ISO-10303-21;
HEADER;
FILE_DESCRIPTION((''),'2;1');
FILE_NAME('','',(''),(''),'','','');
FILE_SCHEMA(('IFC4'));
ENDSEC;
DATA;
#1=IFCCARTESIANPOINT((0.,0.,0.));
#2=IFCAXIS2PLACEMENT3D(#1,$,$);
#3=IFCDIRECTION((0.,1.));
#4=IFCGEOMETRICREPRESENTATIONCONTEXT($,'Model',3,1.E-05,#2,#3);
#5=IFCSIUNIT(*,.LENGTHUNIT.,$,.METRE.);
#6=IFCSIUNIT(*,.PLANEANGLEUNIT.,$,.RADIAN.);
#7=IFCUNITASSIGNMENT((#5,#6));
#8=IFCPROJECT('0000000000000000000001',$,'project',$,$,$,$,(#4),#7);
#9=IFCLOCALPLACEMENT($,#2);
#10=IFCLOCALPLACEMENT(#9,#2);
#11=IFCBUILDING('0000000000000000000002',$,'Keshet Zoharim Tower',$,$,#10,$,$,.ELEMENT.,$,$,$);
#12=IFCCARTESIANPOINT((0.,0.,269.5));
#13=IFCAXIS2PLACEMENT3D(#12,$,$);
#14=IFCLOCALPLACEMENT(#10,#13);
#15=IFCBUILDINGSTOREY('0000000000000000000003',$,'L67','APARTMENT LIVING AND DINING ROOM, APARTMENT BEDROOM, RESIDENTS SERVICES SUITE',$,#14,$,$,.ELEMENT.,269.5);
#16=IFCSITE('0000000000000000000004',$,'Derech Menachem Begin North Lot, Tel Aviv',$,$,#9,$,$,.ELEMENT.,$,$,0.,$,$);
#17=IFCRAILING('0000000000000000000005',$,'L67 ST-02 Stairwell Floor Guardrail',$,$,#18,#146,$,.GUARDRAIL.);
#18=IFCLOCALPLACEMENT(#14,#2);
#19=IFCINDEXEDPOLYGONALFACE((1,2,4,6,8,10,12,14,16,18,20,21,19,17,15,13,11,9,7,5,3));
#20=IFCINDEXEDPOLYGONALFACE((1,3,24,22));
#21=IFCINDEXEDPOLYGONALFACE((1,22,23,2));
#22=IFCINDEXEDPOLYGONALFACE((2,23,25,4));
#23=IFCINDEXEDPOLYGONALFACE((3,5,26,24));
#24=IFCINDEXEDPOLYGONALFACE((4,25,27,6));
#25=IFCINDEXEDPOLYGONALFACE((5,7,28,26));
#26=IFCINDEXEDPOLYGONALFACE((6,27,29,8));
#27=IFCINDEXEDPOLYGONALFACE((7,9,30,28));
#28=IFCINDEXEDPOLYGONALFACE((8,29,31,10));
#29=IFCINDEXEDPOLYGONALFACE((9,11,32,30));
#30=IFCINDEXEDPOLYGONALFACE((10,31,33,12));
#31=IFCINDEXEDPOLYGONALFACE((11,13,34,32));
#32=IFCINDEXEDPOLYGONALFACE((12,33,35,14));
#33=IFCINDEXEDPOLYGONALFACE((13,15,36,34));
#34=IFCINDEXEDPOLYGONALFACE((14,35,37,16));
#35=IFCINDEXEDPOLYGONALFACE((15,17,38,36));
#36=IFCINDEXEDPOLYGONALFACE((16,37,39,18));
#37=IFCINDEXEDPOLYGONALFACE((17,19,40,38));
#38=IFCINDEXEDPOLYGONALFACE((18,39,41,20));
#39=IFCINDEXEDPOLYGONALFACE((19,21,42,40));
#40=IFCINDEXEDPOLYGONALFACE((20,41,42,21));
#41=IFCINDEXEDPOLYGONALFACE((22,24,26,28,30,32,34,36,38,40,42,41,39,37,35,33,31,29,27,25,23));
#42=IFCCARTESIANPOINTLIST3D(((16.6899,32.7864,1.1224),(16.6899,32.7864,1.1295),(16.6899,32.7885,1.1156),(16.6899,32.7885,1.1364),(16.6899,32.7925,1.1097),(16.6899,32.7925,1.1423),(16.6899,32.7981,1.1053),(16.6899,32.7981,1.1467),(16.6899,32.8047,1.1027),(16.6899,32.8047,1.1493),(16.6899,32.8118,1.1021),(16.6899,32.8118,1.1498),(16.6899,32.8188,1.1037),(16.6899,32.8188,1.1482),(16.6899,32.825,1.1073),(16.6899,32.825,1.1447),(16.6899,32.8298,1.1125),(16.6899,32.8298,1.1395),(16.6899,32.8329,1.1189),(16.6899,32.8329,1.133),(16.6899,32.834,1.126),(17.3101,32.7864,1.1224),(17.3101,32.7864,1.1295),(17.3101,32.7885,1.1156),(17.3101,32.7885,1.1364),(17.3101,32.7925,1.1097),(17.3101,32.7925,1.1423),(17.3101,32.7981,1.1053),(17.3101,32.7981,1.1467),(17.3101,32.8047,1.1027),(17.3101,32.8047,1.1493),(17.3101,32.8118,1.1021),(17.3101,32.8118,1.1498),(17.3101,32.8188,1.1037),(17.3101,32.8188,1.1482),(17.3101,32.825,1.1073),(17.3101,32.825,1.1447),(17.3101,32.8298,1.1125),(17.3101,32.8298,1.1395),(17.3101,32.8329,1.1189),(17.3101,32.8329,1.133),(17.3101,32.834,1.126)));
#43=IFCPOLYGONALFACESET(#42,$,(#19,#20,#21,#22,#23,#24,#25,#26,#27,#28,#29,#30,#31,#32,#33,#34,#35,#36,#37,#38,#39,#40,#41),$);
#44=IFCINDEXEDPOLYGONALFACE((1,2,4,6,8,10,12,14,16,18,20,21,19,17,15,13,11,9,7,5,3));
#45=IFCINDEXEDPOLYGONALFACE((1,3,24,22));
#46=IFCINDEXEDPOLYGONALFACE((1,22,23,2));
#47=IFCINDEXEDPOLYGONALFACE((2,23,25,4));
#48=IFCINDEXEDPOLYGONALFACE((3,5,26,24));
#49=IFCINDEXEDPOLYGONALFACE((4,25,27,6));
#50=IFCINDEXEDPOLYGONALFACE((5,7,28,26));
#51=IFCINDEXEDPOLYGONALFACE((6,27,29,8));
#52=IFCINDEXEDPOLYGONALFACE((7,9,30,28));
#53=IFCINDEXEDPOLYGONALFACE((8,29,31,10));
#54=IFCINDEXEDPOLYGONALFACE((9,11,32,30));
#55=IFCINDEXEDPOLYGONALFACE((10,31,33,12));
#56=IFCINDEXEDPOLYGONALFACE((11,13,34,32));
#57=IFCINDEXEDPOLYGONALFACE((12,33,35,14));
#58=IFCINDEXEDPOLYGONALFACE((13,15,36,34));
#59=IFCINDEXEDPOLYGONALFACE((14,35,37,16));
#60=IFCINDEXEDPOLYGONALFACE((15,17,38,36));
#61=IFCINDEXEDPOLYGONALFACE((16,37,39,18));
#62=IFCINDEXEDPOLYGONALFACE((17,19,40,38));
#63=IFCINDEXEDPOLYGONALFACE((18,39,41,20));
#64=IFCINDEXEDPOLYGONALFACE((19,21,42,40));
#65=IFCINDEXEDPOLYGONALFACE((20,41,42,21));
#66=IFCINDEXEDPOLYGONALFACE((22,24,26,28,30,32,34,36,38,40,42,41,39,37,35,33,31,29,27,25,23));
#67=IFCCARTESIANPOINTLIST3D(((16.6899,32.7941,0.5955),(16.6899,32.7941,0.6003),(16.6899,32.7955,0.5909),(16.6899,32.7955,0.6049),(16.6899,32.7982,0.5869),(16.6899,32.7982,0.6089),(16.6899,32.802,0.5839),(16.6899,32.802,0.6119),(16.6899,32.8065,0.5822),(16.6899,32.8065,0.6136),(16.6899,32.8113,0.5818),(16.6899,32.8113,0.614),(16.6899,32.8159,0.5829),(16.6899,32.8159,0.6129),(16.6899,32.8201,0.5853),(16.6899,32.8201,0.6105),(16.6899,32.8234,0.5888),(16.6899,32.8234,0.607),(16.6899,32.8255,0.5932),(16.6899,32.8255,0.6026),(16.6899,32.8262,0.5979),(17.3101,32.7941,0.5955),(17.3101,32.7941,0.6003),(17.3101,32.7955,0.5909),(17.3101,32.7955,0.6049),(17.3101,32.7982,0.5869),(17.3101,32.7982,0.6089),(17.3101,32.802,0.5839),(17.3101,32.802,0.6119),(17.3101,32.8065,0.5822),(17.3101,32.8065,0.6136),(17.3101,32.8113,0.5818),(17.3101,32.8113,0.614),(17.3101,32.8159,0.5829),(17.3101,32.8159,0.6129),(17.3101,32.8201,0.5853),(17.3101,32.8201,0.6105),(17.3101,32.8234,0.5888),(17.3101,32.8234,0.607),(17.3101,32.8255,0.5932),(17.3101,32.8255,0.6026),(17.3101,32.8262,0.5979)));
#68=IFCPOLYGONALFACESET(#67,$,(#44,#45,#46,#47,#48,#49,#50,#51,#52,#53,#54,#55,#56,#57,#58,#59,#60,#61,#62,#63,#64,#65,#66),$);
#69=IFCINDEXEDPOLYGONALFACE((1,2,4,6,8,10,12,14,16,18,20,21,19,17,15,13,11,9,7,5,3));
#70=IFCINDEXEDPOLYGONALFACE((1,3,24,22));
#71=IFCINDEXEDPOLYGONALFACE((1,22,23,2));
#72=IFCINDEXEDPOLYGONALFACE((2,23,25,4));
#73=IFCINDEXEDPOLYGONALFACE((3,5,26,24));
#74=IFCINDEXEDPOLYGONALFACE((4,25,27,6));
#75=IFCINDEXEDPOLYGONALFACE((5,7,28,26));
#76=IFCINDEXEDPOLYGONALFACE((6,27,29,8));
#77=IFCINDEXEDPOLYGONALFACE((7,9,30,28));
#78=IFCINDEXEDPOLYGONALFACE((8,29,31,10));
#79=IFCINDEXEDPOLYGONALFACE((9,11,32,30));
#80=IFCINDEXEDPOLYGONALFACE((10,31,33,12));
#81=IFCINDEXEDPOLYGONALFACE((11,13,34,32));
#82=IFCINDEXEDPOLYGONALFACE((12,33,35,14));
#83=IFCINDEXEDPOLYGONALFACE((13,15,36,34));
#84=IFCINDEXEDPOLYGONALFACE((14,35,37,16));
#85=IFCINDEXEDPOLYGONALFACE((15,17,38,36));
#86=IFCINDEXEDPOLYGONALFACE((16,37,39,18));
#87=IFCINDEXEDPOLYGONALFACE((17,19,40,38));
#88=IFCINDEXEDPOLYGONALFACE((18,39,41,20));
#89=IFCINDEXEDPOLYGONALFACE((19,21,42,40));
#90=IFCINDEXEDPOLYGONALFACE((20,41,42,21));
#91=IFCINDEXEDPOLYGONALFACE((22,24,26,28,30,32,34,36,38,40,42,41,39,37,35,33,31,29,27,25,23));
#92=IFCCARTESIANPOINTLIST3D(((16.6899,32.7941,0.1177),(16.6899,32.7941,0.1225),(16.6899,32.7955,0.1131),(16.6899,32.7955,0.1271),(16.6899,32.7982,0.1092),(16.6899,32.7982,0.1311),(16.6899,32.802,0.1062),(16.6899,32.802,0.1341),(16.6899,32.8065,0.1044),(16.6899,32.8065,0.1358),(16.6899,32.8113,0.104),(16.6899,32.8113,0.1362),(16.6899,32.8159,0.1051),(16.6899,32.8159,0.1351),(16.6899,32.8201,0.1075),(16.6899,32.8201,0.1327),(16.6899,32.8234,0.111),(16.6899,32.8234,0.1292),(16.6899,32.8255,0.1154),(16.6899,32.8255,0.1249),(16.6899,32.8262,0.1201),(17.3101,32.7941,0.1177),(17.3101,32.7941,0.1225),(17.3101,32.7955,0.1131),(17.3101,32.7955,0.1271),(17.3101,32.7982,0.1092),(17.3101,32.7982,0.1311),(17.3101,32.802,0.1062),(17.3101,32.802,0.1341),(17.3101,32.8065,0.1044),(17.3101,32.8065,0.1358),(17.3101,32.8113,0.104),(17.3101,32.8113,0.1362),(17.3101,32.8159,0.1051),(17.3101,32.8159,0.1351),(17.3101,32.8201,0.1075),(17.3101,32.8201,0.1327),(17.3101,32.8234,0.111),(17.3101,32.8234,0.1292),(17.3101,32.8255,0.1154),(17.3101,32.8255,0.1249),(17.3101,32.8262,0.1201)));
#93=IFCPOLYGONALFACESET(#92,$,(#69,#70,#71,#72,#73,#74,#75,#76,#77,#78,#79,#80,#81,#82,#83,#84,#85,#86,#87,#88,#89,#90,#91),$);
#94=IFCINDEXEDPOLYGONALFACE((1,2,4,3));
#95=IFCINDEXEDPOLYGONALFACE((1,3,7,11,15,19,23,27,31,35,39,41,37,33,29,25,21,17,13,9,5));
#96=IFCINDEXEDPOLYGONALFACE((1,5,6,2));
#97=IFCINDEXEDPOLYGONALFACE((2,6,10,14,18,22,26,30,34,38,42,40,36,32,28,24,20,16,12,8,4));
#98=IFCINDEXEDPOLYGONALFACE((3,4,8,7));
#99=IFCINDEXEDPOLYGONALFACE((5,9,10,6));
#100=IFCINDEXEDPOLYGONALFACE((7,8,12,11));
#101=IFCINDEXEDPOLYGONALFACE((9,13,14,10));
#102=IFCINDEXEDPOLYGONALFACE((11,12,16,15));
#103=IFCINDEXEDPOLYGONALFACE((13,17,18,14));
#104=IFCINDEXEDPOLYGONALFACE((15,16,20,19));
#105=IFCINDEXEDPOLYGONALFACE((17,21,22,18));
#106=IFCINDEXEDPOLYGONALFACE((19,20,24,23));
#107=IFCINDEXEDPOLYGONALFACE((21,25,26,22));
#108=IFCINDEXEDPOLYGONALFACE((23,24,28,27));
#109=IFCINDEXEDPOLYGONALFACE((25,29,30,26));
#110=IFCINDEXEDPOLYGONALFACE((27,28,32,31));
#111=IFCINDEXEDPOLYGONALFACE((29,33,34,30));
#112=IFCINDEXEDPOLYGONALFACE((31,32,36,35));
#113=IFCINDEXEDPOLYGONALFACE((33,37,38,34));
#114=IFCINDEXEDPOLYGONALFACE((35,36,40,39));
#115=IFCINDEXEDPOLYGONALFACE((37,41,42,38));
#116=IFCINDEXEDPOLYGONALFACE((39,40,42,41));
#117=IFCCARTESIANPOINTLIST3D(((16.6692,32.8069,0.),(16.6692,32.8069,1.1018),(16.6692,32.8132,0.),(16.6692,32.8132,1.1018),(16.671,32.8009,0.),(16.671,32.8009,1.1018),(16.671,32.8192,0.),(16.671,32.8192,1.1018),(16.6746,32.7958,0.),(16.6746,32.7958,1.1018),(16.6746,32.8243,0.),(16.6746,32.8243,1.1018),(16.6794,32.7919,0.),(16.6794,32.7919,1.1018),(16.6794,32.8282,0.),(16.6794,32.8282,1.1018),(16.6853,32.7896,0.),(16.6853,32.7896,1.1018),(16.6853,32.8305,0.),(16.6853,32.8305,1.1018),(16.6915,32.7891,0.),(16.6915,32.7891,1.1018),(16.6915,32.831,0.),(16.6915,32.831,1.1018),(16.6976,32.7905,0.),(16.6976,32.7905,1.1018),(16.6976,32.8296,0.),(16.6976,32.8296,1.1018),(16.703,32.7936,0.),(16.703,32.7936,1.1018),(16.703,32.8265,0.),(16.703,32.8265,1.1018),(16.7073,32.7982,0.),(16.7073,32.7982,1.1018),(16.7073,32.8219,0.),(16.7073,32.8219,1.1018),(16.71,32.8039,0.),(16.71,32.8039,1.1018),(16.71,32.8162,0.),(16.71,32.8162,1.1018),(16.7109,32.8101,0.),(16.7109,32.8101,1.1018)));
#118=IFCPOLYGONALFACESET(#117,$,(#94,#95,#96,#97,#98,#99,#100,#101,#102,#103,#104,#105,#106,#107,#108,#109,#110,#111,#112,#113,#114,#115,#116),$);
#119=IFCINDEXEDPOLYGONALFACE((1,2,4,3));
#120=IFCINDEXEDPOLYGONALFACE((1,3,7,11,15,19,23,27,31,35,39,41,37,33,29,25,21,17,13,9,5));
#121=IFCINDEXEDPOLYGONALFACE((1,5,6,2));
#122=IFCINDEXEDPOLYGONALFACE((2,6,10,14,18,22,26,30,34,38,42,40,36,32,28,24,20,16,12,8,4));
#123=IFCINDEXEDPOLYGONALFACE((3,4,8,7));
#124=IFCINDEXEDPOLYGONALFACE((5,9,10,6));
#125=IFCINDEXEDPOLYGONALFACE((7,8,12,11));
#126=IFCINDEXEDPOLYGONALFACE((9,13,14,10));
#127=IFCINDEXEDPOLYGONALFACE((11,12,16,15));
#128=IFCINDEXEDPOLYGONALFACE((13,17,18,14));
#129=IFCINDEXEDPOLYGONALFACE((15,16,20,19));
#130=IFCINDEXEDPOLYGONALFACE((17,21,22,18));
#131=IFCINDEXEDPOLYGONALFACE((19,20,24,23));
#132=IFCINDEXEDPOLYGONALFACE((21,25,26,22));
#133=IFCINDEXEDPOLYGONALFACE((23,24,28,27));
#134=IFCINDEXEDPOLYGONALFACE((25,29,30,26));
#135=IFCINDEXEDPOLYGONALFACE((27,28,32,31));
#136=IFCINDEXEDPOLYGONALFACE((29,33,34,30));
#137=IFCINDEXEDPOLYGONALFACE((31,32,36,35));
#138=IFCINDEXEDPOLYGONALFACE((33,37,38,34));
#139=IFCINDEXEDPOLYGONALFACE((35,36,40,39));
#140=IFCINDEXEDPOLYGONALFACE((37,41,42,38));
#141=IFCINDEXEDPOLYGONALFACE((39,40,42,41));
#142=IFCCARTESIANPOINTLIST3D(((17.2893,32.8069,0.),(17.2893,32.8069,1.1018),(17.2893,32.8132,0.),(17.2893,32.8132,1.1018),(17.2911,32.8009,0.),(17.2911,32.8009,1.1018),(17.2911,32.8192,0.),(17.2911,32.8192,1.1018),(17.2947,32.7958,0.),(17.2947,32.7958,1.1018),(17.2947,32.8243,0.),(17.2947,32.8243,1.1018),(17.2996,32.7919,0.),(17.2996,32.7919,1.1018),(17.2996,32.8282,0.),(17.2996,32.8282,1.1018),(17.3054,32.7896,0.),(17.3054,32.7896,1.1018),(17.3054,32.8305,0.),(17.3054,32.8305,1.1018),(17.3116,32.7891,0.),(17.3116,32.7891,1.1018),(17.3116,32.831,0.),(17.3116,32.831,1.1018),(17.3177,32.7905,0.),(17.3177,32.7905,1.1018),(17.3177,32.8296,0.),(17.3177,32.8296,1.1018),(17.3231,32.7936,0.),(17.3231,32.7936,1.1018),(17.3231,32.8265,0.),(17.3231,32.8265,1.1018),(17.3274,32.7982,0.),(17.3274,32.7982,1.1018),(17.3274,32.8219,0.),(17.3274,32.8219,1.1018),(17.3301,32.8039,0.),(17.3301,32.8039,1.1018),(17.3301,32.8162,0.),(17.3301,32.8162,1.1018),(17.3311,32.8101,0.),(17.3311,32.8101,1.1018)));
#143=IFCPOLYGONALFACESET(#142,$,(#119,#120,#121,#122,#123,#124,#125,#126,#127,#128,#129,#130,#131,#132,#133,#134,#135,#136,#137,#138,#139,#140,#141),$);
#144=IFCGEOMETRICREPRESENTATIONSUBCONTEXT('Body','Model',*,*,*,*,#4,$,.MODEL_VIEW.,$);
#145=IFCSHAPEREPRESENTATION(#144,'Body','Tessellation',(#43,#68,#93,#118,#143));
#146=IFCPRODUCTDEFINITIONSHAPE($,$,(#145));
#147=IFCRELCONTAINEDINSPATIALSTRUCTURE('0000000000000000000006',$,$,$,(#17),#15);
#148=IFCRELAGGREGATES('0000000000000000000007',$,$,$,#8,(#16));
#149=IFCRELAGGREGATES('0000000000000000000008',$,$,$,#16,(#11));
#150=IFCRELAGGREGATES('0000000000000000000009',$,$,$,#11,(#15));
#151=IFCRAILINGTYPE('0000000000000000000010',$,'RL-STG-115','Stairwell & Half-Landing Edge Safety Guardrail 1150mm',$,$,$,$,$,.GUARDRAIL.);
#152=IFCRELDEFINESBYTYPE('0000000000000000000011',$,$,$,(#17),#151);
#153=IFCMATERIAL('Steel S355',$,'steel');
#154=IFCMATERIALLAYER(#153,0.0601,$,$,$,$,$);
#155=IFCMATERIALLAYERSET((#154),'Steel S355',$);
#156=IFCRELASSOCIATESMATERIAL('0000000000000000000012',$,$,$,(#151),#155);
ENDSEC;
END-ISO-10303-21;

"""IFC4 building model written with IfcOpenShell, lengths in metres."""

from ifc_helpers import new_model, si_unit, direction, frame, origin, origin_2d, place, context, subcontext, project, spatial, circle, extrude, material, layer, layer_set, type_object, element, save


model = new_model("IFC4")

# Units and contexts
model_context = context("Model", 3, precision=1e-05, world=origin(), true_north=direction((0.0, 1.0)))
body_context = subcontext(model_context, "Body", "Model", "MODEL_VIEW")
ifc_project = project(units=[si_unit("LENGTHUNIT", "METRE"), si_unit("PLANEANGLEUNIT", "RADIAN")], contexts=[model_context])

# Site, building, storey
site_placement = place(None, origin())
site = spatial("IfcSite", under=ifc_project, at=site_placement, Name="Derech Menachem Begin North Lot, Tel Aviv", CompositionType="ELEMENT", RefElevation=0.0)
building_placement = place(site_placement, origin())
building = spatial("IfcBuilding", under=site, at=building_placement, Name="Keshet Zoharim Tower", CompositionType="ELEMENT")
storey_placement = place(building_placement, frame((0.0, 0.0, 269.5)))
storey = spatial("IfcBuildingStorey", under=building, at=storey_placement, Name="L67", Description="APARTMENT LIVING AND DINING ROOM, APARTMENT BEDROOM, RESIDENTS SERVICES SUITE", CompositionType="ELEMENT", Elevation=269.5)

# Shared definitions
ifc_material_1 = material(Name="Steel S355", Category="steel")

# Railing
ifc_layer_1 = layer(ifc_material_1, 0.0601)
ifc_layer_set_1 = layer_set([ifc_layer_1], Name="Steel S355")
railing_type_1 = type_object("IfcRailingType", Name="RL-STG-115", Description="Stairwell & Half-Landing Edge Safety Guardrail 1150mm", PredefinedType="GUARDRAIL", material=ifc_layer_set_1)
railing_1_placement = place(storey_placement, frame((16.6899, 32.8101, 0.0)))
element("IfcRailing", 1, at=railing_1_placement, inside=storey, type_object=railing_type_1, Name="L67 ST-02 Stairwell Floor Guardrail", PredefinedType="GUARDRAIL", context=body_context, shape_type="SweptSolid", body=[
    extrude(circle(Radius=0.0239, at=origin_2d()), frame((0.0, 0.0, 1.126), z_axis=(1.0, 0.0, 0.0), x_axis=(0.0, 1.0, 0.0)), (0.0, 0.0, 1.0), 0.6201),
    extrude(circle(Radius=0.0161, at=origin_2d()), frame((0.0, 0.0, 0.5979), z_axis=(1.0, 0.0, 0.0), x_axis=(0.0, 1.0, 0.0)), (0.0, 0.0, 1.0), 0.6201),
    extrude(circle(Radius=0.0161, at=origin_2d()), frame((0.0, 0.0, 0.1201), z_axis=(1.0, 0.0, 0.0), x_axis=(0.0, 1.0, 0.0)), (0.0, 0.0, 1.0), 0.6201),
    extrude(circle(Radius=0.021, at=origin_2d()), origin(), (0.0, 0.0, 1.0), 1.1018),
    extrude(circle(Radius=0.021, at=origin_2d()), frame((0.6201, 0.0, 0.0)), (0.0, 0.0, 1.0), 1.1018),
])

save(model, "model.ifc")
